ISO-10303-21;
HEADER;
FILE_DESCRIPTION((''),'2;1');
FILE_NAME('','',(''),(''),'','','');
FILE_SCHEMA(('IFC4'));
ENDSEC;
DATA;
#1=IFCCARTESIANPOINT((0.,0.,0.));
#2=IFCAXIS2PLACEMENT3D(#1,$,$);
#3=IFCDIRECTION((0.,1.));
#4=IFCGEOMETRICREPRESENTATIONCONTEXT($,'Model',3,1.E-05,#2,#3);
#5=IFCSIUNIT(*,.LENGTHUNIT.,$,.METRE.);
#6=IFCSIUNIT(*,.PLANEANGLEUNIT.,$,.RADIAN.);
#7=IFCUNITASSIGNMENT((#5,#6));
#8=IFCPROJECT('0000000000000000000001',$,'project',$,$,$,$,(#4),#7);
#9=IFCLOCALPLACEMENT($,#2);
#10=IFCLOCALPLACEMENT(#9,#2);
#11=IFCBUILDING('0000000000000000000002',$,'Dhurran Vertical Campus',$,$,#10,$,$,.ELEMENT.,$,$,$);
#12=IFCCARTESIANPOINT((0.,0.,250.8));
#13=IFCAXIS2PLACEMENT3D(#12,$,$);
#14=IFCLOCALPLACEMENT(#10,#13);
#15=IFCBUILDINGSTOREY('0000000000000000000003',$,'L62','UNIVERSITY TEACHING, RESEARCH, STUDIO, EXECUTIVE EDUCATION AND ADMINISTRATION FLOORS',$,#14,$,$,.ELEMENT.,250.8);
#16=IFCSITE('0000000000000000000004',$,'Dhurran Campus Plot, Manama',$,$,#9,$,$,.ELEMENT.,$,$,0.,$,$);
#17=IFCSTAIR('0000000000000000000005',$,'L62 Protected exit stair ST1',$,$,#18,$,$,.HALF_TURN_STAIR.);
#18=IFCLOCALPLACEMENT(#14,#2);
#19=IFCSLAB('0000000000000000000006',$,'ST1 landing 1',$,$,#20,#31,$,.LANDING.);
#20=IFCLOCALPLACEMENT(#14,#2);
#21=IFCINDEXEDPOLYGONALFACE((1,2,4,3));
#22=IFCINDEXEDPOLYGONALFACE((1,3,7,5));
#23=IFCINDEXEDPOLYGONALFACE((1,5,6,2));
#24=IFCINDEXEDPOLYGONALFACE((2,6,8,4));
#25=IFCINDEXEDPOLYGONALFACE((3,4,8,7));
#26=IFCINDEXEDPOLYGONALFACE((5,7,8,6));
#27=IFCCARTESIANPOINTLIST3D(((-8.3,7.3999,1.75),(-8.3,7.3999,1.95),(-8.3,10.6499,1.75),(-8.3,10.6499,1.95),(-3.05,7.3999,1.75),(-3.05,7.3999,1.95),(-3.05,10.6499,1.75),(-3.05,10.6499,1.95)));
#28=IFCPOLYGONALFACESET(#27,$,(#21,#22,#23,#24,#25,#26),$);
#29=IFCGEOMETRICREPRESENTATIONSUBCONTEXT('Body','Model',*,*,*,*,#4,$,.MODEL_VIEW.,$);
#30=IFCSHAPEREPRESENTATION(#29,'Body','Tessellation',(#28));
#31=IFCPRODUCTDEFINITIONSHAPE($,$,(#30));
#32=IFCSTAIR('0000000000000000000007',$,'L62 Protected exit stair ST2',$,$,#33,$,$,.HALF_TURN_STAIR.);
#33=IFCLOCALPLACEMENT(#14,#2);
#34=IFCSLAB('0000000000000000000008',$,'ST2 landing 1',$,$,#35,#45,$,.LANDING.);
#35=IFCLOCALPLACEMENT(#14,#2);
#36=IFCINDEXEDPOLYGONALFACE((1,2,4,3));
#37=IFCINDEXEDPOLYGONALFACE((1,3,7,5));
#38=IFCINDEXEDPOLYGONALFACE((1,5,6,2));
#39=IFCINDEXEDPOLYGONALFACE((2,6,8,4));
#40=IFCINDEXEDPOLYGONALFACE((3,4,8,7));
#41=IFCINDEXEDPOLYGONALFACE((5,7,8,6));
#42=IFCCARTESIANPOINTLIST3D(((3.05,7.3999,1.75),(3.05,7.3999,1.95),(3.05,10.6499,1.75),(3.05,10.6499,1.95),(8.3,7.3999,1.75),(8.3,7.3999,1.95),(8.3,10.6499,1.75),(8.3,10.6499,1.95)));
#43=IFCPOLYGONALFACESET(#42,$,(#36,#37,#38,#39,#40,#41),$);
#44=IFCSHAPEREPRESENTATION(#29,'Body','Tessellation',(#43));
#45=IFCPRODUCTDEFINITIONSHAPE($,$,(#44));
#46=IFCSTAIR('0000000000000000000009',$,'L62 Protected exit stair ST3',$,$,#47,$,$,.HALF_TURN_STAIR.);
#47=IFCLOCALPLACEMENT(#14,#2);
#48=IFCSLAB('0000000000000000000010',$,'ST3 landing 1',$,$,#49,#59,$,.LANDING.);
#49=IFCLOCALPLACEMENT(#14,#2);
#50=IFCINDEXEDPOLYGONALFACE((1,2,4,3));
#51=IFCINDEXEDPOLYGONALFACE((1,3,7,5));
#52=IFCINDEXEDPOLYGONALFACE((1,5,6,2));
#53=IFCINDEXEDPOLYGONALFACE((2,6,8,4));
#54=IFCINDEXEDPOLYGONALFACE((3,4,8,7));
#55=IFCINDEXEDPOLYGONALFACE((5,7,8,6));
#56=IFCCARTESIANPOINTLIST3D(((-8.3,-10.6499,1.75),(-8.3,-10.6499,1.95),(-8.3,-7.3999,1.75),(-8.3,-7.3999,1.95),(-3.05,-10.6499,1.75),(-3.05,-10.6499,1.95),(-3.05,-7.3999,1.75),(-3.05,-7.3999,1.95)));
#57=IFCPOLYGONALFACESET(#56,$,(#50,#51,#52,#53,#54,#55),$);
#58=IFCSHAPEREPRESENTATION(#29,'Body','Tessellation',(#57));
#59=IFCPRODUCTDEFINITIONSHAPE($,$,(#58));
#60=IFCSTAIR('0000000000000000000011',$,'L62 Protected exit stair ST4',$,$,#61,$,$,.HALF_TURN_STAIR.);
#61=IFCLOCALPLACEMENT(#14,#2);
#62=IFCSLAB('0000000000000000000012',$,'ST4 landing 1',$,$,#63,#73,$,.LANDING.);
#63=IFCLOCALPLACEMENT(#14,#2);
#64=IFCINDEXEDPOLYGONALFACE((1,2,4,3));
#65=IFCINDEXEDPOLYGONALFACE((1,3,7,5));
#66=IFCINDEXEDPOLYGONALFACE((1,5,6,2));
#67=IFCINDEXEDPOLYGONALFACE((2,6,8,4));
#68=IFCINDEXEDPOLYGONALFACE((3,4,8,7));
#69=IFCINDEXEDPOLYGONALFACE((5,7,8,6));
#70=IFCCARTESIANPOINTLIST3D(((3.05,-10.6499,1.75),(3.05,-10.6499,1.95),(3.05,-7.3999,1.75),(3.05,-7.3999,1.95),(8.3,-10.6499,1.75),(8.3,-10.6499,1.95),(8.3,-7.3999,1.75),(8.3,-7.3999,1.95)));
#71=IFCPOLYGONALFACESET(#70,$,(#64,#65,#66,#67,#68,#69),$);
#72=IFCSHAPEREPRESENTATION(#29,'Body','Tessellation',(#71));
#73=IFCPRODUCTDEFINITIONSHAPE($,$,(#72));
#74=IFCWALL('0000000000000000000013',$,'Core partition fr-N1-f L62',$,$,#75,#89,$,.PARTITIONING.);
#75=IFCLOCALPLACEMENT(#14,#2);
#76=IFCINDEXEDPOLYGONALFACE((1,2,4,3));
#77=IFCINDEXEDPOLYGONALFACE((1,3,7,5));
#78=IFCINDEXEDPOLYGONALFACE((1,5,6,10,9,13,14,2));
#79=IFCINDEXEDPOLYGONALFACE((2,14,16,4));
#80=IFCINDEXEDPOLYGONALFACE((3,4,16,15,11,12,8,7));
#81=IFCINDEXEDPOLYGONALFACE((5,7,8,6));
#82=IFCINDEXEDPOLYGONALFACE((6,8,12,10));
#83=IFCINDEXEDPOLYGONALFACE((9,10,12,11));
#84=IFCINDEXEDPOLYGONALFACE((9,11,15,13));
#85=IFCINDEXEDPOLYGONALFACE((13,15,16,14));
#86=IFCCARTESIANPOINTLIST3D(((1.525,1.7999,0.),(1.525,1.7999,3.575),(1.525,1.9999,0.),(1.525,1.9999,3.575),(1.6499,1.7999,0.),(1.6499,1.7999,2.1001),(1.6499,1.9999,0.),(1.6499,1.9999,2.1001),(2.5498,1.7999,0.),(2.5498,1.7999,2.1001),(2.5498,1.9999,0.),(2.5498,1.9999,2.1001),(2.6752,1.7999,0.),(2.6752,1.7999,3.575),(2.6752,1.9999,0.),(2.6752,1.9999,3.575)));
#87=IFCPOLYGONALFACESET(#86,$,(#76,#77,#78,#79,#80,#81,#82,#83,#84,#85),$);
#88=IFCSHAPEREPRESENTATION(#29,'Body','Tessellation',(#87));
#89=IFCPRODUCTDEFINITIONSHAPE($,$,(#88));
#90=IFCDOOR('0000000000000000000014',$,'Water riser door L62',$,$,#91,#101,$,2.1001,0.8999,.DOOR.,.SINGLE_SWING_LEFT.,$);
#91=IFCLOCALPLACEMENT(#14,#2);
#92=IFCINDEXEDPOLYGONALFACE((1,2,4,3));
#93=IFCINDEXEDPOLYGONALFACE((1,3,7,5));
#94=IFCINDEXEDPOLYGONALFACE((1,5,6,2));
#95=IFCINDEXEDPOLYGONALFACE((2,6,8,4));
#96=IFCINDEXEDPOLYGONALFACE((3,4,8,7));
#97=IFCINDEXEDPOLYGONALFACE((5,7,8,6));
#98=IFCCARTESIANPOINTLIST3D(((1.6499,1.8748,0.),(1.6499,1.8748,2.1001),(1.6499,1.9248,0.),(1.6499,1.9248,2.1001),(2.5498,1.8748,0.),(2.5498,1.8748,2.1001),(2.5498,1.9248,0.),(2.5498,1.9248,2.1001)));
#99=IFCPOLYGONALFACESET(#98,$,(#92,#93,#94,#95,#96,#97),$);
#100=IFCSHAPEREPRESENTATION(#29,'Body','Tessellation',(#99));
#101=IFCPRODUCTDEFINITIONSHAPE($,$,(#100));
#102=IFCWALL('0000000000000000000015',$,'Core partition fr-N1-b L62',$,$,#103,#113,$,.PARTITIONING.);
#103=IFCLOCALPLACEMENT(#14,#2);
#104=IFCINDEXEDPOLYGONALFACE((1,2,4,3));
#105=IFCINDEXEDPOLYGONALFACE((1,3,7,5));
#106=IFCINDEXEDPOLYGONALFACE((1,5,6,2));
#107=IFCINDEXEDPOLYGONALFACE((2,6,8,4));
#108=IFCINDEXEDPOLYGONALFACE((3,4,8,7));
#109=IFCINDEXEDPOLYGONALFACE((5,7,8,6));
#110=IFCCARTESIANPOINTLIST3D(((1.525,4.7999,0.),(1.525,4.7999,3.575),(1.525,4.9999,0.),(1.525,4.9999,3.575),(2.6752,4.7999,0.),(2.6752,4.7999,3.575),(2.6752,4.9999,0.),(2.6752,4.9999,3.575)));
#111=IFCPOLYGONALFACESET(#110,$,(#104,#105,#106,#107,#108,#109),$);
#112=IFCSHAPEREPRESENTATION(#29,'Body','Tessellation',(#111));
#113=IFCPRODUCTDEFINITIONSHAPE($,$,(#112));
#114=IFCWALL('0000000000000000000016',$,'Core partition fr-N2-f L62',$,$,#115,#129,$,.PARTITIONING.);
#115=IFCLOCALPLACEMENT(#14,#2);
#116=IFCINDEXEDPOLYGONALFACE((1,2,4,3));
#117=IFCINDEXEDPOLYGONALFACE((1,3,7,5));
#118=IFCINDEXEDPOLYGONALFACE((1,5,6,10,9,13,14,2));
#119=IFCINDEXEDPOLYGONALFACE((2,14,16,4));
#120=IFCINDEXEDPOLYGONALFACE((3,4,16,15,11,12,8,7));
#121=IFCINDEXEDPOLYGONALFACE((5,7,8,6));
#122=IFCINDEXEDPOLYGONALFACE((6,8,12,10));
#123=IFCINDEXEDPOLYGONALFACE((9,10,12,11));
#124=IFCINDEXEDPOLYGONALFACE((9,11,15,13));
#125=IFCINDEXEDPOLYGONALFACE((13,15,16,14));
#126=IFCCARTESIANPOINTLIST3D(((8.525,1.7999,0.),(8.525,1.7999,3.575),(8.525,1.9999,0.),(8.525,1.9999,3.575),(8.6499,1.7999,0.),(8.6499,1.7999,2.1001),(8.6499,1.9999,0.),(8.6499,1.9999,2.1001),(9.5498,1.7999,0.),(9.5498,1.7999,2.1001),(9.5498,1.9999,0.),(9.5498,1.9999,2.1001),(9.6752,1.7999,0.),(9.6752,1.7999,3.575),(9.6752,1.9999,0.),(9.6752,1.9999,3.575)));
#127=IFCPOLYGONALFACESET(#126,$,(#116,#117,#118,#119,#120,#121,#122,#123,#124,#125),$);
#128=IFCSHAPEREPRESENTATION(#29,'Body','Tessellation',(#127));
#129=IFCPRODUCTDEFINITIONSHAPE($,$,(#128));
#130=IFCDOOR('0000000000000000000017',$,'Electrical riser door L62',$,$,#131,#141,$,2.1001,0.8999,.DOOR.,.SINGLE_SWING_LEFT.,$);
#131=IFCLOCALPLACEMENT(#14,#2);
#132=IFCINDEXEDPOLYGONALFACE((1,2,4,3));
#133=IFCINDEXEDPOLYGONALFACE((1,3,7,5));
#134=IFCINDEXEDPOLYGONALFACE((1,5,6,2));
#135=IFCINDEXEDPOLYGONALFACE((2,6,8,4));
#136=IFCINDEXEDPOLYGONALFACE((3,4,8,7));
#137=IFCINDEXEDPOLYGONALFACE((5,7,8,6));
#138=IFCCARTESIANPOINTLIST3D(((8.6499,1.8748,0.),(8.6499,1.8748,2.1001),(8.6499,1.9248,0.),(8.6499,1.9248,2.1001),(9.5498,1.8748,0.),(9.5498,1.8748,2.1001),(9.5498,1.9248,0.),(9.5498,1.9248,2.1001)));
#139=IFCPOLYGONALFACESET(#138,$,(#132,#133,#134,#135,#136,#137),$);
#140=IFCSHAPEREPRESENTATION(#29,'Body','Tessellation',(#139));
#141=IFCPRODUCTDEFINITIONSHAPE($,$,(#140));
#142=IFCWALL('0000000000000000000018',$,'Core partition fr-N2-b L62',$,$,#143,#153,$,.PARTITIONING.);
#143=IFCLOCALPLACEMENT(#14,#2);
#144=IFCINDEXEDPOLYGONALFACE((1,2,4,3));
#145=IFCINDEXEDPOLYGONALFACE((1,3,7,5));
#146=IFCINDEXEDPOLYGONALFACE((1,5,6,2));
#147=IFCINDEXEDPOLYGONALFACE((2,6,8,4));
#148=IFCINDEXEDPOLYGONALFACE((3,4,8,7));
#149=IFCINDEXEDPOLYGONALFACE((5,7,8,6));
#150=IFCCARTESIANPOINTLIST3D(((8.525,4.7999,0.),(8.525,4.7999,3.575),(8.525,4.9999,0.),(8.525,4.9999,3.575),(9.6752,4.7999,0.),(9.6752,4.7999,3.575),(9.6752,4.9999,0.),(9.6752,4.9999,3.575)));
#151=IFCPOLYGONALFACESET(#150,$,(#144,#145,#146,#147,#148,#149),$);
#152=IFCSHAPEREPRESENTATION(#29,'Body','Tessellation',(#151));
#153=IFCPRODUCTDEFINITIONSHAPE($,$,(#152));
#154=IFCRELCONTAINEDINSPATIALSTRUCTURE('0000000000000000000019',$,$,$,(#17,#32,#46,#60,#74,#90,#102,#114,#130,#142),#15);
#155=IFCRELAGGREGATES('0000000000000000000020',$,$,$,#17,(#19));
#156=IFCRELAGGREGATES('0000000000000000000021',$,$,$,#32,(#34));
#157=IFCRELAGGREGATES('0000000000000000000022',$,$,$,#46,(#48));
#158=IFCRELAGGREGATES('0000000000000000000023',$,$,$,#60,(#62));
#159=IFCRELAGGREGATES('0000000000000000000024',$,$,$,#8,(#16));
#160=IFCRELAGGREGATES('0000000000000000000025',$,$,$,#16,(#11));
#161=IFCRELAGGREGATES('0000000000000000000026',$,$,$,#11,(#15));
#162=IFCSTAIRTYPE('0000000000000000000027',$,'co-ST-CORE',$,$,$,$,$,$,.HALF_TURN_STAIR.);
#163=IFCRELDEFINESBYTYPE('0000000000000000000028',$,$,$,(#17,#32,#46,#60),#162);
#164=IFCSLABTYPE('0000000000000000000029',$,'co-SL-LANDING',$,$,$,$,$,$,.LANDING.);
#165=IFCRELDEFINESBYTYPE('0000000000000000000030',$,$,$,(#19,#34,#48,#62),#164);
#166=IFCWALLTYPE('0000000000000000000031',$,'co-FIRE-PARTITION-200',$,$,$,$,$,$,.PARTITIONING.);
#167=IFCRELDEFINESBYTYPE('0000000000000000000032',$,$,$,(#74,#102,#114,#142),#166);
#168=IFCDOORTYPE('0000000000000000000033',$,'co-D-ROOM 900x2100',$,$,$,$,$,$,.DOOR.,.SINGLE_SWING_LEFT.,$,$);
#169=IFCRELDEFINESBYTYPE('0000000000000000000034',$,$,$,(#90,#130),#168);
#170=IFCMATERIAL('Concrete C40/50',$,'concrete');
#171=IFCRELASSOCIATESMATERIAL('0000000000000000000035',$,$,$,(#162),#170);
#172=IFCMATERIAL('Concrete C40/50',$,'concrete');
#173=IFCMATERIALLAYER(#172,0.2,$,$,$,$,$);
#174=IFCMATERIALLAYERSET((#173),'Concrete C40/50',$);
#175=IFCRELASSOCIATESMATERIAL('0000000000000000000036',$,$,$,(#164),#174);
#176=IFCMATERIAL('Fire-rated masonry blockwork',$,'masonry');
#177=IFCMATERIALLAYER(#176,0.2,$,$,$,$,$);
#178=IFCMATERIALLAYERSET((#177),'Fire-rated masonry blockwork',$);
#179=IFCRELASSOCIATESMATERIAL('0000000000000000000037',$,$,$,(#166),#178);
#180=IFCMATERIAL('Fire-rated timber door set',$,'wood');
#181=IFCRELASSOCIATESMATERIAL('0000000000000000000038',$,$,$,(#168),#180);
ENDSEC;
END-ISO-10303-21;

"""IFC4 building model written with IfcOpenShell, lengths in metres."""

from ifc_helpers import new_model, si_unit, direction, frame, frame_2d, origin, place, context, subcontext, project, spatial, polyline, rectangle, outline, extrude, material, layer, layer_set, type_object, element, fill, aggregate, save


model = new_model("IFC4")

# Units and contexts
model_context = context("Model", 3, precision=1e-05, world=origin(), true_north=direction((0.0, 1.0)))
body_context = subcontext(model_context, "Body", "Model", "MODEL_VIEW")
ifc_project = project(units=[si_unit("LENGTHUNIT", "METRE"), si_unit("PLANEANGLEUNIT", "RADIAN")], contexts=[model_context])

# Site, building, storey
site_placement = place(None, origin())
site = spatial("IfcSite", under=ifc_project, at=site_placement, Name="Dhurran Campus Plot, Manama", CompositionType="ELEMENT", RefElevation=0.0)
building_placement = place(site_placement, origin())
building = spatial("IfcBuilding", under=site, at=building_placement, Name="Dhurran Vertical Campus", CompositionType="ELEMENT")
storey_placement = place(building_placement, frame((0.0, 0.0, 250.8)))
storey = spatial("IfcBuildingStorey", under=building, at=storey_placement, Name="L62", Description="UNIVERSITY TEACHING, RESEARCH, STUDIO, EXECUTIVE EDUCATION AND ADMINISTRATION FLOORS", CompositionType="ELEMENT", Elevation=250.8)

# Stairs, slabs
ifc_material_1 = material(Name="Concrete C40/50", Category="concrete")
stair_type = type_object("IfcStairType", Name="co-ST-CORE", PredefinedType="HALF_TURN_STAIR", material=ifc_material_1)
stair_1_placement = place(storey_placement, origin())
stair_1 = element("IfcStair", 1, at=stair_1_placement, inside=storey, type_object=stair_type, Name="L62 Protected exit stair ST1", PredefinedType="HALF_TURN_STAIR")
ifc_material_2 = material(Name="Concrete C40/50", Category="concrete")
ifc_layer_1 = layer(ifc_material_2, 0.2)
ifc_layer_set_1 = layer_set([ifc_layer_1], Name="Concrete C40/50")
slab_type = type_object("IfcSlabType", Name="co-SL-LANDING", PredefinedType="LANDING", material=ifc_layer_set_1)
slab_1_placement = place(storey_placement, frame((0.0, 0.0, 1.75)))
slab_1 = element("IfcSlab", 2, at=slab_1_placement, type_object=slab_type, Name="ST1 landing 1", PredefinedType="LANDING", context=body_context, shape_type="SweptSolid", body=[
    extrude(outline(polyline([(-8.3, 7.3999), (-3.05, 7.3999), (-3.05, 10.6499), (-8.3, 10.6499), (-8.3, 7.3999)])), origin(), (0.0, 0.0, 1.0), 0.2),
])
aggregate(stair_1, [slab_1])
stair_2_placement = place(storey_placement, origin())
stair_2 = element("IfcStair", 3, at=stair_2_placement, inside=storey, type_object=stair_type, Name="L62 Protected exit stair ST2", PredefinedType="HALF_TURN_STAIR")
slab_2_placement = place(storey_placement, frame((0.0, 0.0, 1.75)))
slab_2 = element("IfcSlab", 4, at=slab_2_placement, type_object=slab_type, Name="ST2 landing 1", PredefinedType="LANDING", context=body_context, shape_type="SweptSolid", body=[
    extrude(outline(polyline([(8.3, 10.6499), (3.05, 10.6499), (3.05, 7.3999), (8.3, 7.3999), (8.3, 10.6499)])), origin(), (0.0, 0.0, 1.0), 0.2),
])
aggregate(stair_2, [slab_2])
stair_3_placement = place(storey_placement, origin())
stair_3 = element("IfcStair", 5, at=stair_3_placement, inside=storey, type_object=stair_type, Name="L62 Protected exit stair ST3", PredefinedType="HALF_TURN_STAIR")
slab_3_placement = place(storey_placement, frame((0.0, 0.0, 1.75)))
slab_3 = element("IfcSlab", 6, at=slab_3_placement, type_object=slab_type, Name="ST3 landing 1", PredefinedType="LANDING", context=body_context, shape_type="SweptSolid", body=[
    extrude(outline(polyline([(-8.3, -10.6499), (-3.05, -10.6499), (-3.05, -7.3999), (-8.3, -7.3999), (-8.3, -10.6499)])), origin(), (0.0, 0.0, 1.0), 0.2),
])
aggregate(stair_3, [slab_3])
stair_4_placement = place(storey_placement, origin())
stair_4 = element("IfcStair", 7, at=stair_4_placement, inside=storey, type_object=stair_type, Name="L62 Protected exit stair ST4", PredefinedType="HALF_TURN_STAIR")
slab_4_placement = place(storey_placement, frame((0.0, 0.0, 1.75)))
slab_4 = element("IfcSlab", 8, at=slab_4_placement, type_object=slab_type, Name="ST4 landing 1", PredefinedType="LANDING", context=body_context, shape_type="SweptSolid", body=[
    extrude(outline(polyline([(8.3, -7.3999), (3.05, -7.3999), (3.05, -10.6499), (8.3, -10.6499), (8.3, -7.3999)])), origin(), (0.0, 0.0, 1.0), 0.2),
])
aggregate(stair_4, [slab_4])

# Wall, opening, door
ifc_material_3 = material(Name="Fire-rated masonry blockwork", Category="masonry")
ifc_layer_2 = layer(ifc_material_3, 0.2)
ifc_layer_set_2 = layer_set([ifc_layer_2], Name="Fire-rated masonry blockwork")
wall_type_1 = type_object("IfcWallType", Name="co-FIRE-PARTITION-200", PredefinedType="PARTITIONING", material=ifc_layer_set_2)
wall_1_placement = place(storey_placement, frame((1.5249, 1.8999, 0.0), z_axis=(0.0, 0.0, 1.0), x_axis=(1.0, 0.0, 0.0)))
wall_1 = element("IfcWall", 9, at=wall_1_placement, inside=storey, type_object=wall_type_1, Name="Core partition fr-N1-f L62", PredefinedType="PARTITIONING", context=body_context, shape_type="SweptSolid", body=[
    extrude(rectangle(XDim=1.1501, YDim=0.2, at=frame_2d((0.5752, 0.0))), origin(), (0.0, 0.0, 1.0), 3.575),
])
opening_1_placement = place(wall_1_placement, frame((0.125, 0.0, 0.0)))
opening_1 = element("IfcOpeningElement", 10, at=opening_1_placement, cuts=wall_1, PredefinedType="OPENING", context=body_context, shape_type="SweptSolid", body=[
    extrude(rectangle(XDim=0.8999, YDim=2.1001, at=frame_2d((0.45, 1.05))), frame((0.0, 0.1099, 0.0), z_axis=(0.0, -1.0, 0.0), x_axis=(1.0, 0.0, 0.0)), (0.0, 0.0, 1.0), 0.22),
])
ifc_material_4 = material(Name="Fire-rated timber door set", Category="wood")
door_type_1 = type_object("IfcDoorType", Name="co-D-ROOM 900x2100", OperationType="SINGLE_SWING_LEFT", PredefinedType="DOOR", material=ifc_material_4)
door_1_placement = place(opening_1_placement, origin())
door_1 = element("IfcDoor", 11, at=door_1_placement, inside=storey, type_object=door_type_1, Name="Water riser door L62", OperationType="SINGLE_SWING_LEFT", OverallHeight=2.1001, OverallWidth=0.8999, PredefinedType="DOOR", context=body_context, shape_type="SweptSolid", body=[
    extrude(rectangle(XDim=0.8999, YDim=2.1001, at=frame_2d((0.45, 1.05))), frame((0.0, 0.0249, 0.0), z_axis=(0.0, -1.0, 0.0), x_axis=(1.0, 0.0, 0.0)), (0.0, 0.0, 1.0), 0.05),
])
fill(opening_1, door_1)

# Wall
wall_2_placement = place(storey_placement, frame((1.5249, 4.8999, 0.0), z_axis=(0.0, 0.0, 1.0), x_axis=(1.0, 0.0, 0.0)))
element("IfcWall", 12, at=wall_2_placement, inside=storey, type_object=wall_type_1, Name="Core partition fr-N1-b L62", PredefinedType="PARTITIONING", context=body_context, shape_type="SweptSolid", body=[
    extrude(rectangle(XDim=1.1501, YDim=0.2, at=frame_2d((0.5752, 0.0))), origin(), (0.0, 0.0, 1.0), 3.575),
])

# Wall, opening, door
wall_3_placement = place(storey_placement, frame((8.5249, 1.8999, 0.0), z_axis=(0.0, 0.0, 1.0), x_axis=(1.0, 0.0, 0.0)))
wall_3 = element("IfcWall", 13, at=wall_3_placement, inside=storey, type_object=wall_type_1, Name="Core partition fr-N2-f L62", PredefinedType="PARTITIONING", context=body_context, shape_type="SweptSolid", body=[
    extrude(rectangle(XDim=1.1501, YDim=0.2, at=frame_2d((0.5752, 0.0))), origin(), (0.0, 0.0, 1.0), 3.575),
])
opening_2_placement = place(wall_3_placement, frame((0.125, 0.0, 0.0)))
opening_2 = element("IfcOpeningElement", 14, at=opening_2_placement, cuts=wall_3, PredefinedType="OPENING", context=body_context, shape_type="SweptSolid", body=[
    extrude(rectangle(XDim=0.8999, YDim=2.1001, at=frame_2d((0.45, 1.05))), frame((0.0, 0.1099, 0.0), z_axis=(0.0, -1.0, 0.0), x_axis=(1.0, 0.0, 0.0)), (0.0, 0.0, 1.0), 0.22),
])
door_2_placement = place(opening_2_placement, origin())
door_2 = element("IfcDoor", 15, at=door_2_placement, inside=storey, type_object=door_type_1, Name="Electrical riser door L62", OperationType="SINGLE_SWING_LEFT", OverallHeight=2.1001, OverallWidth=0.8999, PredefinedType="DOOR", context=body_context, shape_type="SweptSolid", body=[
    extrude(rectangle(XDim=0.8999, YDim=2.1001, at=frame_2d((0.45, 1.05))), frame((0.0, 0.0249, 0.0), z_axis=(0.0, -1.0, 0.0), x_axis=(1.0, 0.0, 0.0)), (0.0, 0.0, 1.0), 0.05),
])
fill(opening_2, door_2)

# Wall
wall_4_placement = place(storey_placement, frame((8.5249, 4.8999, 0.0), z_axis=(0.0, 0.0, 1.0), x_axis=(1.0, 0.0, 0.0)))
element("IfcWall", 16, at=wall_4_placement, inside=storey, type_object=wall_type_1, Name="Core partition fr-N2-b L62", PredefinedType="PARTITIONING", context=body_context, shape_type="SweptSolid", body=[
    extrude(rectangle(XDim=1.1501, YDim=0.2, at=frame_2d((0.5752, 0.0))), origin(), (0.0, 0.0, 1.0), 3.575),
])

save(model, "model.ifc")
